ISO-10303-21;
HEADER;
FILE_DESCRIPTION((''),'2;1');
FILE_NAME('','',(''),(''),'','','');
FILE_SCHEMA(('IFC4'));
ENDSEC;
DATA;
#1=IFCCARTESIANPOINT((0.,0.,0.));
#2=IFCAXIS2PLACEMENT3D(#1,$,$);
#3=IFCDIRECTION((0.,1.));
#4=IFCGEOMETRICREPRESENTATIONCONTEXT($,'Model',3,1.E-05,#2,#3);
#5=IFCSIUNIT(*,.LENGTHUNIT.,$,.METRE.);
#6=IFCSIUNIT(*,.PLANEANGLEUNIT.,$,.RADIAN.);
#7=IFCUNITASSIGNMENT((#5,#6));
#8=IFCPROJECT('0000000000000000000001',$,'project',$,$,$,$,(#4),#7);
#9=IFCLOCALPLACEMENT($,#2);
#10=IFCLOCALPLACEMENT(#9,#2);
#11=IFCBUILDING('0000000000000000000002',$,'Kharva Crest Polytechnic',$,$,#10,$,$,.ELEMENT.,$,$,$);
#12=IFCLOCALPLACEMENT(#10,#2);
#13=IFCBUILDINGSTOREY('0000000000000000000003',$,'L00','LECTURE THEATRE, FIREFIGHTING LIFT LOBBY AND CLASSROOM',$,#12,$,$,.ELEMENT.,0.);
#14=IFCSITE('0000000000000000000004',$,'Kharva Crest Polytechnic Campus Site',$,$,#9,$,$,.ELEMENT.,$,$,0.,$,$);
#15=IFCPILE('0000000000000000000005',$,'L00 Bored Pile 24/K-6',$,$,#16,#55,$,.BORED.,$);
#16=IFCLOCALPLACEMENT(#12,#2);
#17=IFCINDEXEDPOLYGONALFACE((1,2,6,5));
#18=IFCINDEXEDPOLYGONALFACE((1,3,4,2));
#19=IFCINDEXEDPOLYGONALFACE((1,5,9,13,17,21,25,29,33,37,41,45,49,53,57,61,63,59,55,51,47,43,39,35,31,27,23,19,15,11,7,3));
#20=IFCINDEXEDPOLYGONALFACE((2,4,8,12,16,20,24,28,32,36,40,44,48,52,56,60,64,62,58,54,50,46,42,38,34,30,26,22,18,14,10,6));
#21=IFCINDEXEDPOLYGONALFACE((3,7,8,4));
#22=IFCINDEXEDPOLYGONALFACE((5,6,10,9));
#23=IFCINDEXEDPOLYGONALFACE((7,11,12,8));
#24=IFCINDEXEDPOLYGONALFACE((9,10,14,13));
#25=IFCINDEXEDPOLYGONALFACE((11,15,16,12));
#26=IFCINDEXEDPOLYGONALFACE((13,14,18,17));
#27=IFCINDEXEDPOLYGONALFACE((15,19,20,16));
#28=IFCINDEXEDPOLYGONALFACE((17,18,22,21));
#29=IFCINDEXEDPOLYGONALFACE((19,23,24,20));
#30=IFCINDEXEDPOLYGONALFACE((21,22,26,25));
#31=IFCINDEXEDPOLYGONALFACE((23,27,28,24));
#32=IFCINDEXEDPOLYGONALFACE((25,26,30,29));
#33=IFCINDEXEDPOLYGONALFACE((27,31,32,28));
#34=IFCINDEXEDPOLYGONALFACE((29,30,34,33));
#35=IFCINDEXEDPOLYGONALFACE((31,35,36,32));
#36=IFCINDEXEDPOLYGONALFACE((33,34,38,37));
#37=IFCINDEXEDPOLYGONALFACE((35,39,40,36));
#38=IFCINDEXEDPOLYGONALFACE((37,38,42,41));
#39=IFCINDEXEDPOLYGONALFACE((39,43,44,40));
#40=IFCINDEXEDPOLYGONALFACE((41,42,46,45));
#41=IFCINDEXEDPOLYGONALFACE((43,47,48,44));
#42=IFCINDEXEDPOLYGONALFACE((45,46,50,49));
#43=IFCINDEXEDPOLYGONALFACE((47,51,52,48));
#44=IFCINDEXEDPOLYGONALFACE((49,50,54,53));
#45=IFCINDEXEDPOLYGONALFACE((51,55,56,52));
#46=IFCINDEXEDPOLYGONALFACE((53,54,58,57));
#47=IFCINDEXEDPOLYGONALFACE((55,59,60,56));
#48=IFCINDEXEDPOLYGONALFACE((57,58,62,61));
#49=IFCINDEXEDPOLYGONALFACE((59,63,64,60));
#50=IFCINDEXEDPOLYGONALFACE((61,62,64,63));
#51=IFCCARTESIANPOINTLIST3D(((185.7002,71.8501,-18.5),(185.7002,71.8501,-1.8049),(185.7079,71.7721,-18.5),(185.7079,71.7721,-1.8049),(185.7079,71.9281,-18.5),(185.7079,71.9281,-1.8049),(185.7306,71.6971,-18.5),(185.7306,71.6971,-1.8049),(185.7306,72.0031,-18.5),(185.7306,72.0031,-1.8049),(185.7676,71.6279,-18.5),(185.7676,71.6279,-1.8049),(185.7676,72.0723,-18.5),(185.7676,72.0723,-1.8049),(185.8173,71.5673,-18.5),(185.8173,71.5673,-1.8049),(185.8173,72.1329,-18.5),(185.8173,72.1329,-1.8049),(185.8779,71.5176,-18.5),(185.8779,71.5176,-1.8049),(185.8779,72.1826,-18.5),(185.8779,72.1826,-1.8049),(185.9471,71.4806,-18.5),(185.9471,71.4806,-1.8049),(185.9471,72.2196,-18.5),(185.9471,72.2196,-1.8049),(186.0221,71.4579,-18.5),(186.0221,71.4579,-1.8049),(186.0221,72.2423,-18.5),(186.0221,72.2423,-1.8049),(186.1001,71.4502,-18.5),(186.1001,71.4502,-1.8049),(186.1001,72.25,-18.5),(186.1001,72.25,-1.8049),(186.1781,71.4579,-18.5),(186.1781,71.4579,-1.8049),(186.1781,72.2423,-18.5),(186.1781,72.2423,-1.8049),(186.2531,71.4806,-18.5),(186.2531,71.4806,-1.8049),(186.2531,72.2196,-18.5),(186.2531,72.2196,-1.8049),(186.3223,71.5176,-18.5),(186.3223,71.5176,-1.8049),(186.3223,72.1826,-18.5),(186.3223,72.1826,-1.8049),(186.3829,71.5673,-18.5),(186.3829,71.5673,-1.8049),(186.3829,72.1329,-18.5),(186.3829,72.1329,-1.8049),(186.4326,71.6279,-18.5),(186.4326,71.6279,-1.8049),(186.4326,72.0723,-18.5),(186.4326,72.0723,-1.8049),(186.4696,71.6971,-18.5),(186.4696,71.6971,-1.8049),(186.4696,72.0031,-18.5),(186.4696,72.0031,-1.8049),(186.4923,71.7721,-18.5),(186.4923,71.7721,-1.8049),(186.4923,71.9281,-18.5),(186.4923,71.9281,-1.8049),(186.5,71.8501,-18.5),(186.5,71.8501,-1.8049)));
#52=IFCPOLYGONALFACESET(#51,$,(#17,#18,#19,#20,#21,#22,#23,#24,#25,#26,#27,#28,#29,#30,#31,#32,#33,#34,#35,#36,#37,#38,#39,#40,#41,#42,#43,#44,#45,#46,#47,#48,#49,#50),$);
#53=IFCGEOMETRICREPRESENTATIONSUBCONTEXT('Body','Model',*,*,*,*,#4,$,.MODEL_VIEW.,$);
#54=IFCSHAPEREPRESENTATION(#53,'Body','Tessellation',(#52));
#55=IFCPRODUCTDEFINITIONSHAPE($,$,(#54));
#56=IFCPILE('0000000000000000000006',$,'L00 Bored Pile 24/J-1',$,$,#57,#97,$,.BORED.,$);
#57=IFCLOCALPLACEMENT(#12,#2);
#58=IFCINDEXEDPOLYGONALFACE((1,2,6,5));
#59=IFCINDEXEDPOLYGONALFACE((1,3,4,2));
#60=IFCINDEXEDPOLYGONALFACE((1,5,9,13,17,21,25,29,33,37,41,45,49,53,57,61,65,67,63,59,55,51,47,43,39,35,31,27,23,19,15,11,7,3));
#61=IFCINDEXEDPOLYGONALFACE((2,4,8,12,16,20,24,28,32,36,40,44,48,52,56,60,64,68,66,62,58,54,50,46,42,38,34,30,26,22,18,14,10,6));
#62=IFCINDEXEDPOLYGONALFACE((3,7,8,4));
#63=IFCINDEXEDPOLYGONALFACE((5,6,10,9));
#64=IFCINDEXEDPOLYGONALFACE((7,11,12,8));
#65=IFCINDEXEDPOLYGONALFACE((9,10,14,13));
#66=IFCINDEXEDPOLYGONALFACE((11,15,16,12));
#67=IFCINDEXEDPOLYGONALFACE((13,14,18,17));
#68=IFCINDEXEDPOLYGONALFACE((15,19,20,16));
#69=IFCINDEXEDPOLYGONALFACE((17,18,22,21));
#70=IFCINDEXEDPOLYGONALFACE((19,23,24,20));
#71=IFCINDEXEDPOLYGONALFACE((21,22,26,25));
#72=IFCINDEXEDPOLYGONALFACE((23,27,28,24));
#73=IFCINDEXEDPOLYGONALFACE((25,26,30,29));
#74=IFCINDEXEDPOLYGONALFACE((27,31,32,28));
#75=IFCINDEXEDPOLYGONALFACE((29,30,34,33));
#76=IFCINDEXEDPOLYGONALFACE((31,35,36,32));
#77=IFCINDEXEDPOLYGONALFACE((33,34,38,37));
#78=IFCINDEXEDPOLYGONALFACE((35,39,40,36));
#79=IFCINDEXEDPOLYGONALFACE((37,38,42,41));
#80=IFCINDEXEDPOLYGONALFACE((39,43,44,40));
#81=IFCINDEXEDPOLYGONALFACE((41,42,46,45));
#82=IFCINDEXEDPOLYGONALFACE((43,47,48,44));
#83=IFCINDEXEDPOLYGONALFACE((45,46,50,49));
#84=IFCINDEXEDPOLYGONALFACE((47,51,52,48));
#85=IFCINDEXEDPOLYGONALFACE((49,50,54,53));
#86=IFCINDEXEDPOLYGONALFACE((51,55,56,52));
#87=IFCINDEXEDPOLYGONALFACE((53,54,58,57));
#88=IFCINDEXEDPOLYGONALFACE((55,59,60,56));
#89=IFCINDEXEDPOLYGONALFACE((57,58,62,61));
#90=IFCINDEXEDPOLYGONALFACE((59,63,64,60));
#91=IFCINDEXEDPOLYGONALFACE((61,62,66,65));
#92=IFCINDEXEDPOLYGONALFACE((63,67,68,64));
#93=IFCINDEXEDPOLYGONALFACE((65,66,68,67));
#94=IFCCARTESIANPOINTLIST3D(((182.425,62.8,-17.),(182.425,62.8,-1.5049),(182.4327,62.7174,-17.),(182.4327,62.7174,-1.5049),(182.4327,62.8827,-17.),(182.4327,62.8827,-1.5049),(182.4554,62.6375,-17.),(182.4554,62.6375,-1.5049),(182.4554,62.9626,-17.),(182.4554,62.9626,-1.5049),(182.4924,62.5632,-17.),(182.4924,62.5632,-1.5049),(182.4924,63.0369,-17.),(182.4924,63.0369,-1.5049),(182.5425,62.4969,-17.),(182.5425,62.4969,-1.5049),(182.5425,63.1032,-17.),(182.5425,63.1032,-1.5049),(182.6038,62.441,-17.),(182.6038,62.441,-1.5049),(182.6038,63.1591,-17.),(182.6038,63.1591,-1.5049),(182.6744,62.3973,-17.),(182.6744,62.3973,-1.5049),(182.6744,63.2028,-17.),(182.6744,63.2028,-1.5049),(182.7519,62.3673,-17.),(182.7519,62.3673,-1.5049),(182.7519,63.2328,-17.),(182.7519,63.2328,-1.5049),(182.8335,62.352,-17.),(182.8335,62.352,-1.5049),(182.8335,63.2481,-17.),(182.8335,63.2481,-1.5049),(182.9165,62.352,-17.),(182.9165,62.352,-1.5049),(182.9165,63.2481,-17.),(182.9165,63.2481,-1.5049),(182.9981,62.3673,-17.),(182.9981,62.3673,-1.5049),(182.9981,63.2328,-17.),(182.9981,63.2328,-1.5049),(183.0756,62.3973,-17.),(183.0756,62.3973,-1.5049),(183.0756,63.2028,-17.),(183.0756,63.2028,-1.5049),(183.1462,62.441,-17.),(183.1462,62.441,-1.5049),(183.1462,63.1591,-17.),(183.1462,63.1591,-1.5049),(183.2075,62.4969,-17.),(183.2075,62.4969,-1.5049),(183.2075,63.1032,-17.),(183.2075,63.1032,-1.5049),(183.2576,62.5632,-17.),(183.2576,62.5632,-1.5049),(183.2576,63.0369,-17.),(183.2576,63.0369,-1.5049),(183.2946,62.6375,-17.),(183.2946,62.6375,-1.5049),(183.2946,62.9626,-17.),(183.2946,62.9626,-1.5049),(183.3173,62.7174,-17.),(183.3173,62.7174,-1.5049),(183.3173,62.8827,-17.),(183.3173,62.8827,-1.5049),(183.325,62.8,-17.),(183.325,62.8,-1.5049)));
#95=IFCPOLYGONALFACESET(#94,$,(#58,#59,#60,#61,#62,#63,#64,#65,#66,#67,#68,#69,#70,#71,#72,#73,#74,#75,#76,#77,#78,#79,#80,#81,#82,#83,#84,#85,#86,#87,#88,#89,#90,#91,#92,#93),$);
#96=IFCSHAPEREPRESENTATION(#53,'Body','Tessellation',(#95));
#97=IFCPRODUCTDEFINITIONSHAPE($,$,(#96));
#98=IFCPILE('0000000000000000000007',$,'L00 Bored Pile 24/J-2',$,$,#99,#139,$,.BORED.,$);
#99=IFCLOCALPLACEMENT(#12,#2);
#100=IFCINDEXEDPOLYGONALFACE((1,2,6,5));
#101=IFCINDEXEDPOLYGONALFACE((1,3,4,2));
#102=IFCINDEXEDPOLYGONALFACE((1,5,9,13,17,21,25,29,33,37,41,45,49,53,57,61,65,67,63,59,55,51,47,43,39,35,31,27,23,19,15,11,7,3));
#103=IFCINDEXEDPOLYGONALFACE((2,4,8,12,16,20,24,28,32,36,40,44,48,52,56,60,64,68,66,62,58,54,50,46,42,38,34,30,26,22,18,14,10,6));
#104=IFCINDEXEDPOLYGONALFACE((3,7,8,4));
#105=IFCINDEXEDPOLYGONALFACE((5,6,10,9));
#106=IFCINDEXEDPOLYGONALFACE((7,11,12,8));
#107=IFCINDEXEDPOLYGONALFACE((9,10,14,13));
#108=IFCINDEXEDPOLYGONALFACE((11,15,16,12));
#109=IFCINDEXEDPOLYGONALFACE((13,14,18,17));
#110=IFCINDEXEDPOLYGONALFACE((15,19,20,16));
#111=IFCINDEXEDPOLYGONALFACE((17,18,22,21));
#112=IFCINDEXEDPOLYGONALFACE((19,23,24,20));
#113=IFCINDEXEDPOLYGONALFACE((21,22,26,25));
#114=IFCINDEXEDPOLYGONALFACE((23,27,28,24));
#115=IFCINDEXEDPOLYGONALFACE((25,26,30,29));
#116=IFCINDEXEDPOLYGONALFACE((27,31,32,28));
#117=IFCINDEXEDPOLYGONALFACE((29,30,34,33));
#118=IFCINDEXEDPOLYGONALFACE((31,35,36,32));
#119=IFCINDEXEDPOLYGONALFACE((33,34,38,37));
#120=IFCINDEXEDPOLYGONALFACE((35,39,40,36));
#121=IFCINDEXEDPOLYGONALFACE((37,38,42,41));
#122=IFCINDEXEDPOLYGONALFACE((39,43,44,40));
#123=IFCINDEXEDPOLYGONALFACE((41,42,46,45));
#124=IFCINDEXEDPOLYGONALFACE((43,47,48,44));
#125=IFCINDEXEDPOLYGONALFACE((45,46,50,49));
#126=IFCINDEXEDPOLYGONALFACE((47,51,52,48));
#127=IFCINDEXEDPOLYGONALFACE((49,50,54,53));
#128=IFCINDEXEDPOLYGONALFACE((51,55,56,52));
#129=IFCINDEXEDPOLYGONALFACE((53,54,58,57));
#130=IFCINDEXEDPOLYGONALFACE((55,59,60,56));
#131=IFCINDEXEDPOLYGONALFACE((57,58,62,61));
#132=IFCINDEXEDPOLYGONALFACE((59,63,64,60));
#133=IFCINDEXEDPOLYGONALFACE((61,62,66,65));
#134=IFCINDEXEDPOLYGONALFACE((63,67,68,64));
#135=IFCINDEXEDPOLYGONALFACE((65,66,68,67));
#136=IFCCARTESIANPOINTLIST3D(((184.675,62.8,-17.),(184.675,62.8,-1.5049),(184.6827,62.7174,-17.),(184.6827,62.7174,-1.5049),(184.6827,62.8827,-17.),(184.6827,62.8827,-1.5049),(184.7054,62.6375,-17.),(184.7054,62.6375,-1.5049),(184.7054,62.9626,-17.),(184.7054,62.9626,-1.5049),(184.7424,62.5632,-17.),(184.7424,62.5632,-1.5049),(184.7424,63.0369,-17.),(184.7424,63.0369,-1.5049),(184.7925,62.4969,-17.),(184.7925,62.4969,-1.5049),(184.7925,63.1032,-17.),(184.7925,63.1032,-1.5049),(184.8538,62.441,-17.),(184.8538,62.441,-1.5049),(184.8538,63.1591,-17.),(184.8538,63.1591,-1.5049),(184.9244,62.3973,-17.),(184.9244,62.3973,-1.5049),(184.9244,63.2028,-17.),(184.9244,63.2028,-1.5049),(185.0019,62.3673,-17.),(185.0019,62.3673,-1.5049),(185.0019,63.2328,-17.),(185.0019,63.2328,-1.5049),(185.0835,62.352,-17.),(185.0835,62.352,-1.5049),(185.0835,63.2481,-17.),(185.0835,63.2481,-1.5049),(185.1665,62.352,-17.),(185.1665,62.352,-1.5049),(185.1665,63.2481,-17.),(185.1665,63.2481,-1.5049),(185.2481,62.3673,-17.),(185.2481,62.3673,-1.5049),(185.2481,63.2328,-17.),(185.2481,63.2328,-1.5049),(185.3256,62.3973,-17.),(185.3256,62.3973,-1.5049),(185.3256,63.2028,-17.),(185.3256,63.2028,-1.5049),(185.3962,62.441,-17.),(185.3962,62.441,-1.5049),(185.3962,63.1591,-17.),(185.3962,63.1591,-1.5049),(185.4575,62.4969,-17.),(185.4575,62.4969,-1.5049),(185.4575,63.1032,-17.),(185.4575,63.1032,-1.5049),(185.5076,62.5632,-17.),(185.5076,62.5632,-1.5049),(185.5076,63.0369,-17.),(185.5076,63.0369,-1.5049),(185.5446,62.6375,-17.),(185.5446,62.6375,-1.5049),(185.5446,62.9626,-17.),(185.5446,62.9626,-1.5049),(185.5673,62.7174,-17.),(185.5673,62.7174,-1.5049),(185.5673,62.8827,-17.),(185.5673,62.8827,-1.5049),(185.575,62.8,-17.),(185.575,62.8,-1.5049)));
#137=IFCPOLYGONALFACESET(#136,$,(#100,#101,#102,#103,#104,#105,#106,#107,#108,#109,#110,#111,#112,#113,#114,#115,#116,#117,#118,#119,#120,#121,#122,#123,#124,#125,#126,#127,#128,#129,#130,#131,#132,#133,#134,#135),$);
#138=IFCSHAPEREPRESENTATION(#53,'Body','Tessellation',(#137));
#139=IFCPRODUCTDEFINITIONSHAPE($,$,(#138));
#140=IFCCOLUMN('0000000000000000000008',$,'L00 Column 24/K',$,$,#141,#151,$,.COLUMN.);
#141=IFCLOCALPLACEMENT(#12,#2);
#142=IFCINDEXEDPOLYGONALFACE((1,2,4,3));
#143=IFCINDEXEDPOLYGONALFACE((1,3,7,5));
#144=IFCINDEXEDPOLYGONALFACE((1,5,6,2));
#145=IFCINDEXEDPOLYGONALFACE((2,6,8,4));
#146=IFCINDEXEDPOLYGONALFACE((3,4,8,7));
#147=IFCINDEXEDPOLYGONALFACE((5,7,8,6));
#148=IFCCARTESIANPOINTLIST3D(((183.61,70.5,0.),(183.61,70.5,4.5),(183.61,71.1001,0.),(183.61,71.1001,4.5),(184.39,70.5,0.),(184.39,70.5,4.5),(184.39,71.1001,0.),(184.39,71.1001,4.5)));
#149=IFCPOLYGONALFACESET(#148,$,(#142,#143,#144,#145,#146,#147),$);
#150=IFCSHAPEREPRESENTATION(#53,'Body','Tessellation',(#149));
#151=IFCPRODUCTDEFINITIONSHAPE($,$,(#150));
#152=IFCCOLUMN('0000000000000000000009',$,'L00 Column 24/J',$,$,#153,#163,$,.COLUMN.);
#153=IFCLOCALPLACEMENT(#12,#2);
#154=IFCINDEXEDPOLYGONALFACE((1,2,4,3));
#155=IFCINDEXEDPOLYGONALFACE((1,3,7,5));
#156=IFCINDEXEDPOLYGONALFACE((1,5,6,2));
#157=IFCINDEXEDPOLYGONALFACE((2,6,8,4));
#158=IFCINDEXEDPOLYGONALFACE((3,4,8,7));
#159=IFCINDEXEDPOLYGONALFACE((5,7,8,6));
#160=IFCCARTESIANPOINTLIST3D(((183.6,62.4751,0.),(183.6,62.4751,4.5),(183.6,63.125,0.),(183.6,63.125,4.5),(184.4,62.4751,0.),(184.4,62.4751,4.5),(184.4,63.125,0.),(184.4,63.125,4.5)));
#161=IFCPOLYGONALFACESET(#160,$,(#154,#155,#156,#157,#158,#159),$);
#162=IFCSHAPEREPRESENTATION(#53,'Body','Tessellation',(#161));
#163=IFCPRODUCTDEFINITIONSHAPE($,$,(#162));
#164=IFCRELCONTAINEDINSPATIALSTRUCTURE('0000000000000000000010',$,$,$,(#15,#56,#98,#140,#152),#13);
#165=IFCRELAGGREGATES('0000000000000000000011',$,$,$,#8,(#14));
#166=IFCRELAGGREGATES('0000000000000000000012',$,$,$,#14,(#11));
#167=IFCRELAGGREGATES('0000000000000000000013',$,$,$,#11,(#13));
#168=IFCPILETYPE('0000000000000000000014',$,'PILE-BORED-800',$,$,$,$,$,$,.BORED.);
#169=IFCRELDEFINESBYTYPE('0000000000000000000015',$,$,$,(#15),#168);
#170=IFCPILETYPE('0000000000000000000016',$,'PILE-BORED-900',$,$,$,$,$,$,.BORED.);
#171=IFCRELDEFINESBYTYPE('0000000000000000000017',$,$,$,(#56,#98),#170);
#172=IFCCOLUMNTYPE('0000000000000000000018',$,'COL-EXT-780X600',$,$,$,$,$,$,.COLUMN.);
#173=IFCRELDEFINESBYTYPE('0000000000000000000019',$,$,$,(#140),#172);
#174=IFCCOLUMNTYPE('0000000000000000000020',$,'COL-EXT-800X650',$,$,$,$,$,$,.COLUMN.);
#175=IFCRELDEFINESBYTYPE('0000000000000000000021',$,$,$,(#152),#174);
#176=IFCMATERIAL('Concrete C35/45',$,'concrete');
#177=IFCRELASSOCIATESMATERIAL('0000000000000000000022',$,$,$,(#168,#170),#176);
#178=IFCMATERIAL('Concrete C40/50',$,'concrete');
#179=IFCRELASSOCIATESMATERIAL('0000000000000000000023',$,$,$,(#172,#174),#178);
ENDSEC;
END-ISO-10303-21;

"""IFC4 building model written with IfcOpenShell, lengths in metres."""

from ifc_helpers import new_model, si_unit, direction, frame, origin, origin_2d, place, context, subcontext, project, spatial, rectangle, circle, extrude, material, material_profile, profile_set, type_object, element, save


model = new_model("IFC4")

# Units and contexts
model_context = context("Model", 3, precision=1e-05, world=origin(), true_north=direction((0.0, 1.0)))
body_context = subcontext(model_context, "Body", "Model", "MODEL_VIEW")
ifc_project = project(units=[si_unit("LENGTHUNIT", "METRE"), si_unit("PLANEANGLEUNIT", "RADIAN")], contexts=[model_context])

# Site, building, storey
site_placement = place(None, origin())
site = spatial("IfcSite", under=ifc_project, at=site_placement, Name="Kharva Crest Polytechnic Campus Site", CompositionType="ELEMENT", RefElevation=0.0)
building_placement = place(site_placement, origin())
building = spatial("IfcBuilding", under=site, at=building_placement, Name="Kharva Crest Polytechnic", CompositionType="ELEMENT")
storey_placement = place(building_placement, origin())
storey = spatial("IfcBuildingStorey", under=building, at=storey_placement, Name="L00", Description="LECTURE THEATRE, FIREFIGHTING LIFT LOBBY AND CLASSROOM", CompositionType="ELEMENT", Elevation=0.0)

# Shared definitions
ifc_material_1 = material(Name="Concrete C35/45", Category="concrete")

# Piles
ifc_material_profile_1 = material_profile(ifc_material_1, circle(Radius=0.3999, at=origin_2d()), Name="DIA 800")
ifc_profile_set_1 = profile_set([ifc_material_profile_1], Name="Concrete C35/45")
pile_type_1 = type_object("IfcPileType", Name="PILE-BORED-800", PredefinedType="BORED", material=ifc_profile_set_1)
for number, where, z_axis, x_axis, name in (
    (1, (186.1001, 71.8501, -1.8049), (0.0, 0.0, -1.0), (1.0, 0.0, 0.0), "L00 Bored Pile 24/K-6"),
):
    element("IfcPile", number, at=place(storey_placement, frame(where, z_axis=z_axis, x_axis=x_axis)), inside=storey, type_object=pile_type_1, Name=name, PredefinedType="BORED", context=body_context, shape_type="SweptSolid", body=[
        extrude(circle(Radius=0.3999, at=origin_2d()), origin(), (0.0, 0.0, 1.0), 16.6951),
    ])
ifc_material_profile_2 = material_profile(ifc_material_1, circle(Radius=0.45, at=origin_2d()), Name="DIA 900")
ifc_profile_set_2 = profile_set([ifc_material_profile_2], Name="Concrete C35/45")
pile_type_2 = type_object("IfcPileType", Name="PILE-BORED-900", PredefinedType="BORED", material=ifc_profile_set_2)
for number, where, z_axis, x_axis, name in (
    (2, (182.875, 62.8, -1.5049), (0.0, 0.0, -1.0), (1.0, 0.0, 0.0), "L00 Bored Pile 24/J-1"),
    (3, (185.125, 62.8, -1.5049), (0.0, 0.0, -1.0), (1.0, 0.0, 0.0), "L00 Bored Pile 24/J-2"),
):
    element("IfcPile", number, at=place(storey_placement, frame(where, z_axis=z_axis, x_axis=x_axis)), inside=storey, type_object=pile_type_2, Name=name, PredefinedType="BORED", context=body_context, shape_type="SweptSolid", body=[
        extrude(circle(Radius=0.45, at=origin_2d()), origin(), (0.0, 0.0, 1.0), 15.4951),
    ])

# Columns
ifc_material_2 = material(Name="Concrete C40/50", Category="concrete")
ifc_material_profile_3 = material_profile(ifc_material_2, rectangle(XDim=0.78, YDim=0.6001, at=origin_2d()), Name="RECT 780 X 600")
ifc_profile_set_3 = profile_set([ifc_material_profile_3], Name="Concrete C40/50")
column_type_1 = type_object("IfcColumnType", Name="COL-EXT-780X600", PredefinedType="COLUMN", material=ifc_profile_set_3)
column_1_placement = place(storey_placement, frame((184.0, 70.8, 0.0), z_axis=(0.0, 0.0, 1.0), x_axis=(1.0, 0.0, 0.0)))
element("IfcColumn", 4, at=column_1_placement, inside=storey, type_object=column_type_1, Name="L00 Column 24/K", PredefinedType="COLUMN", context=body_context, shape_type="SweptSolid", body=[
    extrude(rectangle(XDim=0.78, YDim=0.6001, at=origin_2d()), origin(), (0.0, 0.0, 1.0), 4.5),
])
ifc_material_profile_4 = material_profile(ifc_material_2, rectangle(XDim=0.8, YDim=0.6499, at=origin_2d()), Name="RECT 800 X 650")
ifc_profile_set_4 = profile_set([ifc_material_profile_4], Name="Concrete C40/50")
column_type_2 = type_object("IfcColumnType", Name="COL-EXT-800X650", PredefinedType="COLUMN", material=ifc_profile_set_4)
column_2_placement = place(storey_placement, frame((184.0, 62.8, 0.0), z_axis=(0.0, 0.0, 1.0), x_axis=(1.0, 0.0, 0.0)))
element("IfcColumn", 5, at=column_2_placement, inside=storey, type_object=column_type_2, Name="L00 Column 24/J", PredefinedType="COLUMN", context=body_context, shape_type="SweptSolid", body=[
    extrude(rectangle(XDim=0.8, YDim=0.6499, at=origin_2d()), origin(), (0.0, 0.0, 1.0), 4.5),
])

save(model, "model.ifc")
